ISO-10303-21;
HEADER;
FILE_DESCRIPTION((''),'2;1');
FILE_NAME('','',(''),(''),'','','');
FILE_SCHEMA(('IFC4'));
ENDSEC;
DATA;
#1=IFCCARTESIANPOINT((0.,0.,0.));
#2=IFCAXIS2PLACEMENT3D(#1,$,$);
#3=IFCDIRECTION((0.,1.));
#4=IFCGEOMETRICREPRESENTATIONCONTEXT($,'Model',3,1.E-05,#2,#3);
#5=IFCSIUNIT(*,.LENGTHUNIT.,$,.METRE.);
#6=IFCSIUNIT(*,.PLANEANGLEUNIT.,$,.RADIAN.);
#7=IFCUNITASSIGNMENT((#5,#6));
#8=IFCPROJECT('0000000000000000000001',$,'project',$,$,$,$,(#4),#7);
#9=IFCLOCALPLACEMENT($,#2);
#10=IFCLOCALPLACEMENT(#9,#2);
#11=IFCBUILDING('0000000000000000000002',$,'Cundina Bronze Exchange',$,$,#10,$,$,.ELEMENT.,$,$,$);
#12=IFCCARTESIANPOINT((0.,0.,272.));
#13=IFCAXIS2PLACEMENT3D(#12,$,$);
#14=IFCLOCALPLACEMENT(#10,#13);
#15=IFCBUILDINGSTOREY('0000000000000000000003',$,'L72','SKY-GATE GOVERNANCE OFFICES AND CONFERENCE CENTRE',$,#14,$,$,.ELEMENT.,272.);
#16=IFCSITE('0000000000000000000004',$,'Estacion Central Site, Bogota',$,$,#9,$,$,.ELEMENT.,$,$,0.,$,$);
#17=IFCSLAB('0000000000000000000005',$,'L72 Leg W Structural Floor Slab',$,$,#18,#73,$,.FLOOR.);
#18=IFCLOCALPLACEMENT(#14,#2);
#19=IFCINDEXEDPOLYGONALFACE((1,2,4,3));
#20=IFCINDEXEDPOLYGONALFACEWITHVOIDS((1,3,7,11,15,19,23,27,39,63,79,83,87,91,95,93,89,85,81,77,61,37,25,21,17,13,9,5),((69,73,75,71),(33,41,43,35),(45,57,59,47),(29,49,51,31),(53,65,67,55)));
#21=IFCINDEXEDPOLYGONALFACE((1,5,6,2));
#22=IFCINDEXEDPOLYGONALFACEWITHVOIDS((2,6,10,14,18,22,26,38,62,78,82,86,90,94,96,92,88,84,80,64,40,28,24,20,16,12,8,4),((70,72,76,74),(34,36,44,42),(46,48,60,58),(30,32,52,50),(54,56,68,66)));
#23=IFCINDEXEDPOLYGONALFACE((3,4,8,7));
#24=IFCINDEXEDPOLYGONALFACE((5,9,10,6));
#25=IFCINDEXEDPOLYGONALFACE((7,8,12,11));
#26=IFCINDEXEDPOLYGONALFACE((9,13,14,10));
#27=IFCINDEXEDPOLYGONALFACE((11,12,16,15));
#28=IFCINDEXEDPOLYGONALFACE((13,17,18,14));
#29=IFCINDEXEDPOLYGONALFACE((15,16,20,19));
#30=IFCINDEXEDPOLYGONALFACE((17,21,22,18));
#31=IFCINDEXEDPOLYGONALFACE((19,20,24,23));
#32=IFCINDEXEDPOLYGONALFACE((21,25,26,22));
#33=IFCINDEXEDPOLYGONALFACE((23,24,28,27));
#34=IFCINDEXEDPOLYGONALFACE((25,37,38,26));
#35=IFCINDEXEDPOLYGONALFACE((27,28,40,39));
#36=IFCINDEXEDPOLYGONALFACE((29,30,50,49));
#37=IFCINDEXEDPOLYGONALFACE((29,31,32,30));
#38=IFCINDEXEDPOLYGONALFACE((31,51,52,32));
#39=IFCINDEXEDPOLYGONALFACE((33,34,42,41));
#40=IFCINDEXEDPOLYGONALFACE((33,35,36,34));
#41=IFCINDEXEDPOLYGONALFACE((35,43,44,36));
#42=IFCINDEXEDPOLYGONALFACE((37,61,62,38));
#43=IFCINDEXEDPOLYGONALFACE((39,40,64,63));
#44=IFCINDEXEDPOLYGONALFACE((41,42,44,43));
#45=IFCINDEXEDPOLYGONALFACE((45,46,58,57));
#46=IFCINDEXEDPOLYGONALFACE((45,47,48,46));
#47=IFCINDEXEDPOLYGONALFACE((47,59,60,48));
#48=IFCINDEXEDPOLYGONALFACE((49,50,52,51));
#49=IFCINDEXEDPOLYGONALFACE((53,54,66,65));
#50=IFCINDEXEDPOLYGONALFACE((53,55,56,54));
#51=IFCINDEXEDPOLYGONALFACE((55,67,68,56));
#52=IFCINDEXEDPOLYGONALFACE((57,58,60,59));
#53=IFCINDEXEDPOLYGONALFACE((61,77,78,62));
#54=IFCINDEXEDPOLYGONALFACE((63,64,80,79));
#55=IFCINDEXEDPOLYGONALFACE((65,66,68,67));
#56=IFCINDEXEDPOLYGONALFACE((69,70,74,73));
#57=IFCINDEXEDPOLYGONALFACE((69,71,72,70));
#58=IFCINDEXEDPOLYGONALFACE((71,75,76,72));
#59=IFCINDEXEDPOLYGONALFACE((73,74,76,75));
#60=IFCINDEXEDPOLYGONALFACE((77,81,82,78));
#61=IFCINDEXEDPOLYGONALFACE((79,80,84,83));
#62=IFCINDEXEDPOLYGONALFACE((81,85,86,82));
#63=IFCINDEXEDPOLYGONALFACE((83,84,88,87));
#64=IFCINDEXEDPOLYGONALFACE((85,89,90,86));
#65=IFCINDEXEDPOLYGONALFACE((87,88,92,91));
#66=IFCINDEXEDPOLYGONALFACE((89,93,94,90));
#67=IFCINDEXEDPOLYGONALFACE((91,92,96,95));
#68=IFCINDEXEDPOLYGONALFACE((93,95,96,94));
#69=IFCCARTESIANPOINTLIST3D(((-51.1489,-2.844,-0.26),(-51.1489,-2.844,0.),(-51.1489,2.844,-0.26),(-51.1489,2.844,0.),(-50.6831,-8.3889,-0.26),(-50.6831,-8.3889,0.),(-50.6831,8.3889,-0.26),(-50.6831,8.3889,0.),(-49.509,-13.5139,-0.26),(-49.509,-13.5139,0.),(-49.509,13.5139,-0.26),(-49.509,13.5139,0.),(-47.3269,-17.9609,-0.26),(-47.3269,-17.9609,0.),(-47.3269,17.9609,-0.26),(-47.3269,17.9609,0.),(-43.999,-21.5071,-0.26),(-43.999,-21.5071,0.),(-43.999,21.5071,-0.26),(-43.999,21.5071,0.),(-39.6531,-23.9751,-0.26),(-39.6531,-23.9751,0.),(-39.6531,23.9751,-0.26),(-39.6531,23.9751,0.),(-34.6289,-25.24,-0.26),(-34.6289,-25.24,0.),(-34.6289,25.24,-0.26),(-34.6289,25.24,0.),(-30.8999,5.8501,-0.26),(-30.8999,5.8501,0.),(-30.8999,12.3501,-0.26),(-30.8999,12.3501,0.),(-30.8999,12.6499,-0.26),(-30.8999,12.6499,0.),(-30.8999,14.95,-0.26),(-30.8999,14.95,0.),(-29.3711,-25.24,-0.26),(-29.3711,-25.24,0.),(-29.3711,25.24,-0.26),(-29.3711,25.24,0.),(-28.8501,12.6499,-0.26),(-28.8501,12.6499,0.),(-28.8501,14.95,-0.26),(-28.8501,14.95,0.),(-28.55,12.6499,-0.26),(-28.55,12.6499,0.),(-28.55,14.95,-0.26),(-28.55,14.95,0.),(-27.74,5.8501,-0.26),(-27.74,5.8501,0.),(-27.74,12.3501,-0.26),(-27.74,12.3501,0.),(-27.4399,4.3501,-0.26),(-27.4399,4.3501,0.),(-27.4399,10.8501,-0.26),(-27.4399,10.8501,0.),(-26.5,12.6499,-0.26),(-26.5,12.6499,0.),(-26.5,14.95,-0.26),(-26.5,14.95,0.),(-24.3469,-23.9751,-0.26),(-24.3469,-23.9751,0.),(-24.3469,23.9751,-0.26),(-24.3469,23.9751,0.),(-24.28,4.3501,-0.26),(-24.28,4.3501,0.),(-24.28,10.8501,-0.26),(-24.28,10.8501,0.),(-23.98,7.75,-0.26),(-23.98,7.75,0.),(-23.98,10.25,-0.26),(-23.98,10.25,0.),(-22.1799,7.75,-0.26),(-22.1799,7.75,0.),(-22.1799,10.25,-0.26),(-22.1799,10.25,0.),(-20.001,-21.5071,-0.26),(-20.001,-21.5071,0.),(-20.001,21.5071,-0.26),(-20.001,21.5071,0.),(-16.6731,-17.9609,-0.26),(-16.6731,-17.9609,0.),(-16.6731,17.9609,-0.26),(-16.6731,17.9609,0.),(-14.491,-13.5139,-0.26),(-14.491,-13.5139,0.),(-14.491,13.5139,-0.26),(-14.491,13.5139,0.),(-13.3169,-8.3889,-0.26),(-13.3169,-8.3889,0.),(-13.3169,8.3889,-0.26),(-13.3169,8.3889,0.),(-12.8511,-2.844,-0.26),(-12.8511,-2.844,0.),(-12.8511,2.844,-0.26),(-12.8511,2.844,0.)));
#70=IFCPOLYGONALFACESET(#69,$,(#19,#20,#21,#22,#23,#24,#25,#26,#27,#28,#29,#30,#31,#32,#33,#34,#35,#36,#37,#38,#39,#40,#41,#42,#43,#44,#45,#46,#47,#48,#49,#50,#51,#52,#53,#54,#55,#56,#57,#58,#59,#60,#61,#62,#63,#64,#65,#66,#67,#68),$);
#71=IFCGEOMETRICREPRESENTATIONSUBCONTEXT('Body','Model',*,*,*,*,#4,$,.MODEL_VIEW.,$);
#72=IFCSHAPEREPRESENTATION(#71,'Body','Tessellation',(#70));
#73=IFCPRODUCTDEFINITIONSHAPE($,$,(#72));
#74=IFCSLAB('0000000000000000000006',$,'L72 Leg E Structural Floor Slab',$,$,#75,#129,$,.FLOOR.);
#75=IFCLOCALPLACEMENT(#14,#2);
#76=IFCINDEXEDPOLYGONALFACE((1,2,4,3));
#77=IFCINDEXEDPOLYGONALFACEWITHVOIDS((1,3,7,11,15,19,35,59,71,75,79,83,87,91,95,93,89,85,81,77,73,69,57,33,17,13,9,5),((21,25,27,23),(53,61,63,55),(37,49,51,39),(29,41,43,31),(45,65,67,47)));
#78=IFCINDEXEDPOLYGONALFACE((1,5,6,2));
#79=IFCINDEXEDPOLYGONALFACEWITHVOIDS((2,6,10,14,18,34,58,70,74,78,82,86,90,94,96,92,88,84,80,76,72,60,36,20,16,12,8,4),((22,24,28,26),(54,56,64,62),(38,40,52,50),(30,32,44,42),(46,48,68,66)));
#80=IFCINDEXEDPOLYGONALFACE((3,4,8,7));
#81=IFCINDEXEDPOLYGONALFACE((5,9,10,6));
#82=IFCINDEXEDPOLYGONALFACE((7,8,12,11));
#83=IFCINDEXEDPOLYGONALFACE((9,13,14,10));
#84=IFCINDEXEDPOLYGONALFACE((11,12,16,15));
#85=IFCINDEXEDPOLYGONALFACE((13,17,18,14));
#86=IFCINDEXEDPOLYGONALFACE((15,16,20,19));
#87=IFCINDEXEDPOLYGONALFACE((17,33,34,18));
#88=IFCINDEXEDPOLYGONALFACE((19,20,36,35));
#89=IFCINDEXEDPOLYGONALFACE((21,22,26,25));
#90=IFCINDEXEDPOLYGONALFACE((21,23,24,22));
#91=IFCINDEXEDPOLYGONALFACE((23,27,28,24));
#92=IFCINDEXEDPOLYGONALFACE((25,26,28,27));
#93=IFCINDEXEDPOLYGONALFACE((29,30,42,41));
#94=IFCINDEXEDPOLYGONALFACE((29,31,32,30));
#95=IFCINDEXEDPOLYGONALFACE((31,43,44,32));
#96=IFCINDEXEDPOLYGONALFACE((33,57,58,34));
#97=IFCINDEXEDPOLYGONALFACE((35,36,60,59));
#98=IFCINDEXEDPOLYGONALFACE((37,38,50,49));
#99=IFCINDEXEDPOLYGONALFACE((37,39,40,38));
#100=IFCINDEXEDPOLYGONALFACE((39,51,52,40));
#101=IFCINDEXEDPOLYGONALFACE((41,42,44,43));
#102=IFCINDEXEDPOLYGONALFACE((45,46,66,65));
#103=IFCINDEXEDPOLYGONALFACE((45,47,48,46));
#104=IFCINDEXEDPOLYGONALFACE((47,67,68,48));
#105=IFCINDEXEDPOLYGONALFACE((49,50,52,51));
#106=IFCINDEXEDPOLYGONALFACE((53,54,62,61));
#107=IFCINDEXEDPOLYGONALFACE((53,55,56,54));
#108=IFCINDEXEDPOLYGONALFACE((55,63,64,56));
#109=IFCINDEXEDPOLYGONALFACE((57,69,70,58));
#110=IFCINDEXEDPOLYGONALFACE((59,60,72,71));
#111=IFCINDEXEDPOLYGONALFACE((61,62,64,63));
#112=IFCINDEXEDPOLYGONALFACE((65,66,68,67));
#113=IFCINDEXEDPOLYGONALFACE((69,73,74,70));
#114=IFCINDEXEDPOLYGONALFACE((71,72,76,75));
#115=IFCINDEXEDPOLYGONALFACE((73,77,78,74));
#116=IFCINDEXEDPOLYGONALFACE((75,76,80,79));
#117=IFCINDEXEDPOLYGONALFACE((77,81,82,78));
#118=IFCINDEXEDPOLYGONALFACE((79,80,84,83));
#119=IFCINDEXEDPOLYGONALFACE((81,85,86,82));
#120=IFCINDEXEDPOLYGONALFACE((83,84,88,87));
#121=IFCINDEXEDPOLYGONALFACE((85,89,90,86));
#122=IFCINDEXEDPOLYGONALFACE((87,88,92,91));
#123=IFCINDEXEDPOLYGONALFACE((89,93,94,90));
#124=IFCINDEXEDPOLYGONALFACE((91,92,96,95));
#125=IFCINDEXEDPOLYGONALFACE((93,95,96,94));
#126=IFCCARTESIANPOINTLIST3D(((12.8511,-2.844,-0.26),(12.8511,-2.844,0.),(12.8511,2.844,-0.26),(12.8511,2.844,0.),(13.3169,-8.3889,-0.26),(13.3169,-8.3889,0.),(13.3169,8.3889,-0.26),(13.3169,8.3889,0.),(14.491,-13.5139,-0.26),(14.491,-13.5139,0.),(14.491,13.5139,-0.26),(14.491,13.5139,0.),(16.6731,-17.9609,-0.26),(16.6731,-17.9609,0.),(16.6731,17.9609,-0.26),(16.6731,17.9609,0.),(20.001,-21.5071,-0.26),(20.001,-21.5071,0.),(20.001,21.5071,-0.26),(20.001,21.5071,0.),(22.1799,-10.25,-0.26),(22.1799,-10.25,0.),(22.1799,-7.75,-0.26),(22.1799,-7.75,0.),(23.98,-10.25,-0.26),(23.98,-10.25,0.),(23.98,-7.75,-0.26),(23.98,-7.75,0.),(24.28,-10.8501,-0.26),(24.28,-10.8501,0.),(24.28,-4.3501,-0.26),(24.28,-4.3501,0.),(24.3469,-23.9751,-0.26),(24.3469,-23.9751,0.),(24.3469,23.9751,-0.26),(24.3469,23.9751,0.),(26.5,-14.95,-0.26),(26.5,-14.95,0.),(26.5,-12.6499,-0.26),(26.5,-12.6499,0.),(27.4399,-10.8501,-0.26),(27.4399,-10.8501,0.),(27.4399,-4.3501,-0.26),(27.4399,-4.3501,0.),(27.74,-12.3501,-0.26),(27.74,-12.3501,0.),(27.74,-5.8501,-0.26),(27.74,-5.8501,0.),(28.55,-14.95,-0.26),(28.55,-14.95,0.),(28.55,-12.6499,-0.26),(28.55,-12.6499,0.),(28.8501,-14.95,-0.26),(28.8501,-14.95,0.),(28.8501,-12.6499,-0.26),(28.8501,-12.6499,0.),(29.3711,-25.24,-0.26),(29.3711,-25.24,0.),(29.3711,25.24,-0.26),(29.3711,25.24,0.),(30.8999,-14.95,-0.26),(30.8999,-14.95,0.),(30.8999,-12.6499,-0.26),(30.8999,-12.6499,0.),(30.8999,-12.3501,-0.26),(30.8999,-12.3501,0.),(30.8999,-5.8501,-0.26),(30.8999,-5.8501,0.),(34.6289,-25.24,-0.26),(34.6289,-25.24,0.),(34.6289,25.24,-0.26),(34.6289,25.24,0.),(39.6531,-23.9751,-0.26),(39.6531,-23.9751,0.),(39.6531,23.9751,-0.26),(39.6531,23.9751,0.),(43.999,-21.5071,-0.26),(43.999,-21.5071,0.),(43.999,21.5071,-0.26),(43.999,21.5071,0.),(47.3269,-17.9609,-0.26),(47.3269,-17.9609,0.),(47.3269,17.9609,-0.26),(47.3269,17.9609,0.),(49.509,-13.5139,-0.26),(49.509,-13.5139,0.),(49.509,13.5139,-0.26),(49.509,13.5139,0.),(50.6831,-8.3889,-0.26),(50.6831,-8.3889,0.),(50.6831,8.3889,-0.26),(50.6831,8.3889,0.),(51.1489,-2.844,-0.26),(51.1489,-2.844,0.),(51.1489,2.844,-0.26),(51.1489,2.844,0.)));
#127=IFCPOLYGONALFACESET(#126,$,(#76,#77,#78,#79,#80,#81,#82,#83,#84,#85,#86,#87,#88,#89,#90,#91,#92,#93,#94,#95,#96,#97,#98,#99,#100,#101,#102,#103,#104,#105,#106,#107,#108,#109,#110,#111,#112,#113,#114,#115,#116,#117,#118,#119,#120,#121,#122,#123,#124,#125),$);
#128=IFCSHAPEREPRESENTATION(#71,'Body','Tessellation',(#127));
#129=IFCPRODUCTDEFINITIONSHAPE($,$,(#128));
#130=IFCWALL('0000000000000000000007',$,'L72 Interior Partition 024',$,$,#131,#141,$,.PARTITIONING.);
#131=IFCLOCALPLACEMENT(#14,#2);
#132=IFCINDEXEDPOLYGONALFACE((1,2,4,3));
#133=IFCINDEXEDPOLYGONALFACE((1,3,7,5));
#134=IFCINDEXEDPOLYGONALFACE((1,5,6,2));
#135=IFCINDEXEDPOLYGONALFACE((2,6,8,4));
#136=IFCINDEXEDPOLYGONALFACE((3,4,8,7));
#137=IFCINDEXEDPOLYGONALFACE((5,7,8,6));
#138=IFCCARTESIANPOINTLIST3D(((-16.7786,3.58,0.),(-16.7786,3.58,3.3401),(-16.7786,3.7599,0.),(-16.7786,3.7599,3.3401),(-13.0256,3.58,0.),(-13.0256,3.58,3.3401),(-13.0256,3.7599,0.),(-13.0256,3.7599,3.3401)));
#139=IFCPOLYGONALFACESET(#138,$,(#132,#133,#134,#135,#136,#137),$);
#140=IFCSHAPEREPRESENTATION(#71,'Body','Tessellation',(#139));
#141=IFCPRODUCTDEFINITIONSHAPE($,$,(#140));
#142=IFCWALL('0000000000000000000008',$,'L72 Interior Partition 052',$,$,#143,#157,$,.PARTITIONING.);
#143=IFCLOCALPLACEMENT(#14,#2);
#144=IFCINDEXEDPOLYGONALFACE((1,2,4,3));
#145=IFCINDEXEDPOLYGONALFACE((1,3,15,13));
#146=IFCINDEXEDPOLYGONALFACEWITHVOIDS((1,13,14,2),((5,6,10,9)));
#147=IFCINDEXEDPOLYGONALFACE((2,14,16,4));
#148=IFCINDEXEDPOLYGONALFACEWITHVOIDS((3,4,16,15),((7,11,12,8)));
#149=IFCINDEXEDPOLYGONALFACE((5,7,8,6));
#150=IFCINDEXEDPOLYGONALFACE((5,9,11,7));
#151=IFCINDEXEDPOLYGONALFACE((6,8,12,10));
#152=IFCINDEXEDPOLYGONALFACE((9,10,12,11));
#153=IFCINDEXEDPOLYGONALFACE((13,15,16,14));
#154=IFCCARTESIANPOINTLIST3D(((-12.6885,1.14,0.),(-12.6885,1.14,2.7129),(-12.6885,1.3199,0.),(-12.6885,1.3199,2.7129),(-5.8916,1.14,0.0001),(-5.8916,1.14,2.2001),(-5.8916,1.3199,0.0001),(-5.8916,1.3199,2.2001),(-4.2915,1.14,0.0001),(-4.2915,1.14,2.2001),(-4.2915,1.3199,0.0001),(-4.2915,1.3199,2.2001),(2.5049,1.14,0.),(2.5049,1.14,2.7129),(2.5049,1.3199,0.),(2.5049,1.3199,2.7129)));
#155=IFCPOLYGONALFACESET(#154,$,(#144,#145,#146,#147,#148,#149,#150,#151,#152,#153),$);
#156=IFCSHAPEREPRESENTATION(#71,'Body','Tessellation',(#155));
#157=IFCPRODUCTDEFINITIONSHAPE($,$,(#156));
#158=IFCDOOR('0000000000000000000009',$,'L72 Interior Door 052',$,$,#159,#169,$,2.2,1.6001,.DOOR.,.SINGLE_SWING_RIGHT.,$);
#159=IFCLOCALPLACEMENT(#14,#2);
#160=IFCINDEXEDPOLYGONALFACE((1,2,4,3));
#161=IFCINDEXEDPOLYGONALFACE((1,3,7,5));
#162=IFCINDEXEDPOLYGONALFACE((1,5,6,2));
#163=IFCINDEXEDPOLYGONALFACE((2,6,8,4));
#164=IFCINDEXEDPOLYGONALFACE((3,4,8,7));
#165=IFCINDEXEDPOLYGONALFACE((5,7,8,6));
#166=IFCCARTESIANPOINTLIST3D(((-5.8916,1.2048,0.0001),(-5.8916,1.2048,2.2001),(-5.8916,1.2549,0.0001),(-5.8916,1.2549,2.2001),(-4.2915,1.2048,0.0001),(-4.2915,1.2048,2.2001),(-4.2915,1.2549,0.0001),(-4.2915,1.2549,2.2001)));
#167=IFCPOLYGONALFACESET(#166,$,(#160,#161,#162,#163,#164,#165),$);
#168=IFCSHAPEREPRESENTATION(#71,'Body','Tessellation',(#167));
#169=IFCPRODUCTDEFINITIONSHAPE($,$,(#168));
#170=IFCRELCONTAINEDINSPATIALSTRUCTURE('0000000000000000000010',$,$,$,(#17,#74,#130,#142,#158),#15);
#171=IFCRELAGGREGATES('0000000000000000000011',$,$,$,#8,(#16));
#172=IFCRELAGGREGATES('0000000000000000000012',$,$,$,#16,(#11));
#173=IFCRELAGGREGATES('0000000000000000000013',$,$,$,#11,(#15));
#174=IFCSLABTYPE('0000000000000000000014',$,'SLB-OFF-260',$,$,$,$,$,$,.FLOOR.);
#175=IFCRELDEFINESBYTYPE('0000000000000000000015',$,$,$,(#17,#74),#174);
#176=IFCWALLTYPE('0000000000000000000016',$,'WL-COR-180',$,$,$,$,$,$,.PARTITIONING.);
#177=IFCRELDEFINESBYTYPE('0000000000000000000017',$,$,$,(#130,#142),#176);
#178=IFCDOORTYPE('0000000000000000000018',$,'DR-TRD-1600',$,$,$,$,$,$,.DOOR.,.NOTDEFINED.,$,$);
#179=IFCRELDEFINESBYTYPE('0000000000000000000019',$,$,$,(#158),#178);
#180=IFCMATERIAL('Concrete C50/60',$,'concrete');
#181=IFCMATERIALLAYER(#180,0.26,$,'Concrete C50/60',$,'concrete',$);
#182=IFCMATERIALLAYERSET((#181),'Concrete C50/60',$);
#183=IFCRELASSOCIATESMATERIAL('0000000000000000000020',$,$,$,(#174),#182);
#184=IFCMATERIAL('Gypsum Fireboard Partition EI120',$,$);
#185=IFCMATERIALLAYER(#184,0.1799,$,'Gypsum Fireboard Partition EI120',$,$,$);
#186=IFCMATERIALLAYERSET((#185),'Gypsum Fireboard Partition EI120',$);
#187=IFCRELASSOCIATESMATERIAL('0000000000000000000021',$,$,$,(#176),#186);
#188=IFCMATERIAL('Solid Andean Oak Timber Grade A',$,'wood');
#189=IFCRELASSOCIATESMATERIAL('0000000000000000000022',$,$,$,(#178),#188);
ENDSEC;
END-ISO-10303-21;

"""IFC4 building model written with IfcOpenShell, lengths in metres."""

from ifc_helpers import new_model, si_unit, direction, frame, frame_2d, origin, place, context, subcontext, project, spatial, polyline, rectangle, outline, extrude, material, layer, layer_set, type_object, element, fill, save


model = new_model("IFC4")

# Units and contexts
model_context = context("Model", 3, precision=1e-05, world=origin(), true_north=direction((0.0, 1.0)))
body_context = subcontext(model_context, "Body", "Model", "MODEL_VIEW")
ifc_project = project(units=[si_unit("LENGTHUNIT", "METRE"), si_unit("PLANEANGLEUNIT", "RADIAN")], contexts=[model_context])

# Site, building, storey
site_placement = place(None, origin())
site = spatial("IfcSite", under=ifc_project, at=site_placement, Name="Estacion Central Site, Bogota", CompositionType="ELEMENT", RefElevation=0.0)
building_placement = place(site_placement, origin())
building = spatial("IfcBuilding", under=site, at=building_placement, Name="Cundina Bronze Exchange", CompositionType="ELEMENT")
storey_placement = place(building_placement, frame((0.0, 0.0, 272.0)))
storey = spatial("IfcBuildingStorey", under=building, at=storey_placement, Name="L72", Description="SKY-GATE GOVERNANCE OFFICES AND CONFERENCE CENTRE", CompositionType="ELEMENT", Elevation=272.0)

# Shared definitions
ifc_material_1 = material(Name="Concrete C50/60", Category="concrete")

# Slabs
ifc_layer_1 = layer(ifc_material_1, 0.26, Name="Concrete C50/60", Category="concrete")
ifc_layer_set_1 = layer_set([ifc_layer_1], Name="Concrete C50/60")
slab_type_1 = type_object("IfcSlabType", Name="SLB-OFF-260", PredefinedType="FLOOR", material=ifc_layer_set_1)
slab_1_placement = place(storey_placement, frame((0.0, 0.0, -0.26)))
element("IfcSlab", 1, at=slab_1_placement, inside=storey, type_object=slab_type_1, Name="L72 Leg W Structural Floor Slab", PredefinedType="FLOOR", context=body_context, shape_type="SweptSolid", body=[
    extrude(outline(polyline([(-12.8511, 2.844), (-13.3169, 8.3889), (-14.491, 13.5139), (-16.6731, 17.9609), (-20.001, 21.5071), (-24.3469, 23.9751), (-29.3711, 25.24), (-34.6289, 25.24), (-39.6531, 23.9751), (-43.999, 21.5071), (-47.3269, 17.9609), (-49.509, 13.5139), (-50.6831, 8.3889), (-51.1489, 2.844), (-51.1489, -2.844), (-50.6831, -8.3889), (-49.509, -13.5139), (-47.3269, -17.9609), (-43.999, -21.5071), (-39.6531, -23.9751), (-34.6289, -25.24), (-29.3711, -25.24), (-24.3469, -23.9751), (-20.001, -21.5071), (-16.6731, -17.9609), (-14.491, -13.5139), (-13.3169, -8.3889), (-12.8511, -2.844), (-12.8511, 2.844)]), holes=[polyline([(-27.74, 5.8501), (-27.74, 12.3501), (-30.8999, 12.3501), (-30.8999, 5.8501), (-27.74, 5.8501)]), polyline([(-27.4399, 10.8501), (-27.4399, 4.3501), (-24.28, 4.3501), (-24.28, 10.8501), (-27.4399, 10.8501)]), polyline([(-23.98, 10.25), (-22.1799, 10.25), (-22.1799, 7.75), (-23.98, 7.75), (-23.98, 10.25)]), polyline([(-30.8999, 14.95), (-28.8501, 14.95), (-28.8501, 12.6499), (-30.8999, 12.6499), (-30.8999, 14.95)]), polyline([(-28.55, 14.95), (-26.5, 14.95), (-26.5, 12.6499), (-28.55, 12.6499), (-28.55, 14.95)])]), origin(), (0.0, 0.0, 1.0), 0.26),
])
slab_2_placement = place(storey_placement, frame((0.0, 0.0, -0.26)))
element("IfcSlab", 2, at=slab_2_placement, inside=storey, type_object=slab_type_1, Name="L72 Leg E Structural Floor Slab", PredefinedType="FLOOR", context=body_context, shape_type="SweptSolid", body=[
    extrude(outline(polyline([(51.1489, 2.844), (50.6831, 8.3889), (49.509, 13.5139), (47.3269, 17.9609), (43.999, 21.5071), (39.6531, 23.9751), (34.6289, 25.24), (29.3711, 25.24), (24.3469, 23.9751), (20.001, 21.5071), (16.6731, 17.9609), (14.491, 13.5139), (13.3169, 8.3889), (12.8511, 2.844), (12.8511, -2.844), (13.3169, -8.3889), (14.491, -13.5139), (16.6731, -17.9609), (20.001, -21.5071), (24.3469, -23.9751), (29.3711, -25.24), (34.6289, -25.24), (39.6531, -23.9751), (43.999, -21.5071), (47.3269, -17.9609), (49.509, -13.5139), (50.6831, -8.3889), (51.1489, -2.844), (51.1489, 2.844)]), holes=[polyline([(27.74, -5.8501), (27.74, -12.3501), (30.8999, -12.3501), (30.8999, -5.8501), (27.74, -5.8501)]), polyline([(27.4399, -10.8501), (27.4399, -4.3501), (24.28, -4.3501), (24.28, -10.8501), (27.4399, -10.8501)]), polyline([(22.1799, -7.75), (23.98, -7.75), (23.98, -10.25), (22.1799, -10.25), (22.1799, -7.75)]), polyline([(28.8501, -12.6499), (30.8999, -12.6499), (30.8999, -14.95), (28.8501, -14.95), (28.8501, -12.6499)]), polyline([(26.5, -12.6499), (28.55, -12.6499), (28.55, -14.95), (26.5, -14.95), (26.5, -12.6499)])]), origin(), (0.0, 0.0, 1.0), 0.26),
])

# Wall
ifc_material_2 = material(Name="Gypsum Fireboard Partition EI120")
ifc_layer_2 = layer(ifc_material_2, 0.1799, Name="Gypsum Fireboard Partition EI120")
ifc_layer_set_2 = layer_set([ifc_layer_2], Name="Gypsum Fireboard Partition EI120")
wall_type = type_object("IfcWallType", Name="WL-COR-180", PredefinedType="PARTITIONING", material=ifc_layer_set_2)
wall_1_placement = place(storey_placement, frame((-13.0256, 3.6699, 0.0), z_axis=(0.0, 0.0, 1.0), x_axis=(-1.0, 0.0, 0.0)))
element("IfcWall", 3, at=wall_1_placement, inside=storey, type_object=wall_type, Name="L72 Interior Partition 024", PredefinedType="PARTITIONING", context=body_context, shape_type="SweptSolid", body=[
    extrude(rectangle(XDim=3.7529, YDim=0.1799, at=frame_2d((1.8765, 0.0))), origin(), (0.0, 0.0, 1.0), 3.3401),
])

# Wall, opening, door
wall_2_placement = place(storey_placement, frame((-12.6885, 1.23, 0.0), z_axis=(0.0, 0.0, 1.0), x_axis=(1.0, 0.0, 0.0)))
wall_2 = element("IfcWall", 4, at=wall_2_placement, inside=storey, type_object=wall_type, Name="L72 Interior Partition 052", PredefinedType="PARTITIONING", context=body_context, shape_type="SweptSolid", body=[
    extrude(rectangle(XDim=15.1934, YDim=0.1799, at=frame_2d((7.5967, 0.0))), origin(), (0.0, 0.0, 1.0), 2.7129),
])
opening_1_placement = place(wall_2_placement, frame((6.7969, 0.0, 0.0)))
opening_1 = element("IfcOpeningElement", 5, at=opening_1_placement, cuts=wall_2, PredefinedType="OPENING", context=body_context, shape_type="SweptSolid", body=[
    extrude(rectangle(XDim=1.6001, YDim=2.2, at=frame_2d((0.8, 1.1001))), frame((0.0, 0.0999, 0.0), z_axis=(0.0, -1.0, 0.0), x_axis=(1.0, 0.0, 0.0)), (0.0, 0.0, 1.0), 0.2),
])
ifc_material_3 = material(Name="Solid Andean Oak Timber Grade A", Category="wood")
door_type_1 = type_object("IfcDoorType", Name="DR-TRD-1600", OperationType="NOTDEFINED", PredefinedType="DOOR", material=ifc_material_3)
door_1_placement = place(opening_1_placement, origin())
door_1 = element("IfcDoor", 6, at=door_1_placement, inside=storey, type_object=door_type_1, Name="L72 Interior Door 052", OperationType="SINGLE_SWING_RIGHT", OverallHeight=2.2, OverallWidth=1.6001, PredefinedType="DOOR", context=body_context, shape_type="SweptSolid", body=[
    extrude(rectangle(XDim=1.6001, YDim=2.2, at=frame_2d((0.8, 1.1001))), frame((0.0, 0.0249, 0.0), z_axis=(0.0, -1.0, 0.0), x_axis=(1.0, 0.0, 0.0)), (0.0, 0.0, 1.0), 0.05),
])
fill(opening_1, door_1)

save(model, "model.ifc")
